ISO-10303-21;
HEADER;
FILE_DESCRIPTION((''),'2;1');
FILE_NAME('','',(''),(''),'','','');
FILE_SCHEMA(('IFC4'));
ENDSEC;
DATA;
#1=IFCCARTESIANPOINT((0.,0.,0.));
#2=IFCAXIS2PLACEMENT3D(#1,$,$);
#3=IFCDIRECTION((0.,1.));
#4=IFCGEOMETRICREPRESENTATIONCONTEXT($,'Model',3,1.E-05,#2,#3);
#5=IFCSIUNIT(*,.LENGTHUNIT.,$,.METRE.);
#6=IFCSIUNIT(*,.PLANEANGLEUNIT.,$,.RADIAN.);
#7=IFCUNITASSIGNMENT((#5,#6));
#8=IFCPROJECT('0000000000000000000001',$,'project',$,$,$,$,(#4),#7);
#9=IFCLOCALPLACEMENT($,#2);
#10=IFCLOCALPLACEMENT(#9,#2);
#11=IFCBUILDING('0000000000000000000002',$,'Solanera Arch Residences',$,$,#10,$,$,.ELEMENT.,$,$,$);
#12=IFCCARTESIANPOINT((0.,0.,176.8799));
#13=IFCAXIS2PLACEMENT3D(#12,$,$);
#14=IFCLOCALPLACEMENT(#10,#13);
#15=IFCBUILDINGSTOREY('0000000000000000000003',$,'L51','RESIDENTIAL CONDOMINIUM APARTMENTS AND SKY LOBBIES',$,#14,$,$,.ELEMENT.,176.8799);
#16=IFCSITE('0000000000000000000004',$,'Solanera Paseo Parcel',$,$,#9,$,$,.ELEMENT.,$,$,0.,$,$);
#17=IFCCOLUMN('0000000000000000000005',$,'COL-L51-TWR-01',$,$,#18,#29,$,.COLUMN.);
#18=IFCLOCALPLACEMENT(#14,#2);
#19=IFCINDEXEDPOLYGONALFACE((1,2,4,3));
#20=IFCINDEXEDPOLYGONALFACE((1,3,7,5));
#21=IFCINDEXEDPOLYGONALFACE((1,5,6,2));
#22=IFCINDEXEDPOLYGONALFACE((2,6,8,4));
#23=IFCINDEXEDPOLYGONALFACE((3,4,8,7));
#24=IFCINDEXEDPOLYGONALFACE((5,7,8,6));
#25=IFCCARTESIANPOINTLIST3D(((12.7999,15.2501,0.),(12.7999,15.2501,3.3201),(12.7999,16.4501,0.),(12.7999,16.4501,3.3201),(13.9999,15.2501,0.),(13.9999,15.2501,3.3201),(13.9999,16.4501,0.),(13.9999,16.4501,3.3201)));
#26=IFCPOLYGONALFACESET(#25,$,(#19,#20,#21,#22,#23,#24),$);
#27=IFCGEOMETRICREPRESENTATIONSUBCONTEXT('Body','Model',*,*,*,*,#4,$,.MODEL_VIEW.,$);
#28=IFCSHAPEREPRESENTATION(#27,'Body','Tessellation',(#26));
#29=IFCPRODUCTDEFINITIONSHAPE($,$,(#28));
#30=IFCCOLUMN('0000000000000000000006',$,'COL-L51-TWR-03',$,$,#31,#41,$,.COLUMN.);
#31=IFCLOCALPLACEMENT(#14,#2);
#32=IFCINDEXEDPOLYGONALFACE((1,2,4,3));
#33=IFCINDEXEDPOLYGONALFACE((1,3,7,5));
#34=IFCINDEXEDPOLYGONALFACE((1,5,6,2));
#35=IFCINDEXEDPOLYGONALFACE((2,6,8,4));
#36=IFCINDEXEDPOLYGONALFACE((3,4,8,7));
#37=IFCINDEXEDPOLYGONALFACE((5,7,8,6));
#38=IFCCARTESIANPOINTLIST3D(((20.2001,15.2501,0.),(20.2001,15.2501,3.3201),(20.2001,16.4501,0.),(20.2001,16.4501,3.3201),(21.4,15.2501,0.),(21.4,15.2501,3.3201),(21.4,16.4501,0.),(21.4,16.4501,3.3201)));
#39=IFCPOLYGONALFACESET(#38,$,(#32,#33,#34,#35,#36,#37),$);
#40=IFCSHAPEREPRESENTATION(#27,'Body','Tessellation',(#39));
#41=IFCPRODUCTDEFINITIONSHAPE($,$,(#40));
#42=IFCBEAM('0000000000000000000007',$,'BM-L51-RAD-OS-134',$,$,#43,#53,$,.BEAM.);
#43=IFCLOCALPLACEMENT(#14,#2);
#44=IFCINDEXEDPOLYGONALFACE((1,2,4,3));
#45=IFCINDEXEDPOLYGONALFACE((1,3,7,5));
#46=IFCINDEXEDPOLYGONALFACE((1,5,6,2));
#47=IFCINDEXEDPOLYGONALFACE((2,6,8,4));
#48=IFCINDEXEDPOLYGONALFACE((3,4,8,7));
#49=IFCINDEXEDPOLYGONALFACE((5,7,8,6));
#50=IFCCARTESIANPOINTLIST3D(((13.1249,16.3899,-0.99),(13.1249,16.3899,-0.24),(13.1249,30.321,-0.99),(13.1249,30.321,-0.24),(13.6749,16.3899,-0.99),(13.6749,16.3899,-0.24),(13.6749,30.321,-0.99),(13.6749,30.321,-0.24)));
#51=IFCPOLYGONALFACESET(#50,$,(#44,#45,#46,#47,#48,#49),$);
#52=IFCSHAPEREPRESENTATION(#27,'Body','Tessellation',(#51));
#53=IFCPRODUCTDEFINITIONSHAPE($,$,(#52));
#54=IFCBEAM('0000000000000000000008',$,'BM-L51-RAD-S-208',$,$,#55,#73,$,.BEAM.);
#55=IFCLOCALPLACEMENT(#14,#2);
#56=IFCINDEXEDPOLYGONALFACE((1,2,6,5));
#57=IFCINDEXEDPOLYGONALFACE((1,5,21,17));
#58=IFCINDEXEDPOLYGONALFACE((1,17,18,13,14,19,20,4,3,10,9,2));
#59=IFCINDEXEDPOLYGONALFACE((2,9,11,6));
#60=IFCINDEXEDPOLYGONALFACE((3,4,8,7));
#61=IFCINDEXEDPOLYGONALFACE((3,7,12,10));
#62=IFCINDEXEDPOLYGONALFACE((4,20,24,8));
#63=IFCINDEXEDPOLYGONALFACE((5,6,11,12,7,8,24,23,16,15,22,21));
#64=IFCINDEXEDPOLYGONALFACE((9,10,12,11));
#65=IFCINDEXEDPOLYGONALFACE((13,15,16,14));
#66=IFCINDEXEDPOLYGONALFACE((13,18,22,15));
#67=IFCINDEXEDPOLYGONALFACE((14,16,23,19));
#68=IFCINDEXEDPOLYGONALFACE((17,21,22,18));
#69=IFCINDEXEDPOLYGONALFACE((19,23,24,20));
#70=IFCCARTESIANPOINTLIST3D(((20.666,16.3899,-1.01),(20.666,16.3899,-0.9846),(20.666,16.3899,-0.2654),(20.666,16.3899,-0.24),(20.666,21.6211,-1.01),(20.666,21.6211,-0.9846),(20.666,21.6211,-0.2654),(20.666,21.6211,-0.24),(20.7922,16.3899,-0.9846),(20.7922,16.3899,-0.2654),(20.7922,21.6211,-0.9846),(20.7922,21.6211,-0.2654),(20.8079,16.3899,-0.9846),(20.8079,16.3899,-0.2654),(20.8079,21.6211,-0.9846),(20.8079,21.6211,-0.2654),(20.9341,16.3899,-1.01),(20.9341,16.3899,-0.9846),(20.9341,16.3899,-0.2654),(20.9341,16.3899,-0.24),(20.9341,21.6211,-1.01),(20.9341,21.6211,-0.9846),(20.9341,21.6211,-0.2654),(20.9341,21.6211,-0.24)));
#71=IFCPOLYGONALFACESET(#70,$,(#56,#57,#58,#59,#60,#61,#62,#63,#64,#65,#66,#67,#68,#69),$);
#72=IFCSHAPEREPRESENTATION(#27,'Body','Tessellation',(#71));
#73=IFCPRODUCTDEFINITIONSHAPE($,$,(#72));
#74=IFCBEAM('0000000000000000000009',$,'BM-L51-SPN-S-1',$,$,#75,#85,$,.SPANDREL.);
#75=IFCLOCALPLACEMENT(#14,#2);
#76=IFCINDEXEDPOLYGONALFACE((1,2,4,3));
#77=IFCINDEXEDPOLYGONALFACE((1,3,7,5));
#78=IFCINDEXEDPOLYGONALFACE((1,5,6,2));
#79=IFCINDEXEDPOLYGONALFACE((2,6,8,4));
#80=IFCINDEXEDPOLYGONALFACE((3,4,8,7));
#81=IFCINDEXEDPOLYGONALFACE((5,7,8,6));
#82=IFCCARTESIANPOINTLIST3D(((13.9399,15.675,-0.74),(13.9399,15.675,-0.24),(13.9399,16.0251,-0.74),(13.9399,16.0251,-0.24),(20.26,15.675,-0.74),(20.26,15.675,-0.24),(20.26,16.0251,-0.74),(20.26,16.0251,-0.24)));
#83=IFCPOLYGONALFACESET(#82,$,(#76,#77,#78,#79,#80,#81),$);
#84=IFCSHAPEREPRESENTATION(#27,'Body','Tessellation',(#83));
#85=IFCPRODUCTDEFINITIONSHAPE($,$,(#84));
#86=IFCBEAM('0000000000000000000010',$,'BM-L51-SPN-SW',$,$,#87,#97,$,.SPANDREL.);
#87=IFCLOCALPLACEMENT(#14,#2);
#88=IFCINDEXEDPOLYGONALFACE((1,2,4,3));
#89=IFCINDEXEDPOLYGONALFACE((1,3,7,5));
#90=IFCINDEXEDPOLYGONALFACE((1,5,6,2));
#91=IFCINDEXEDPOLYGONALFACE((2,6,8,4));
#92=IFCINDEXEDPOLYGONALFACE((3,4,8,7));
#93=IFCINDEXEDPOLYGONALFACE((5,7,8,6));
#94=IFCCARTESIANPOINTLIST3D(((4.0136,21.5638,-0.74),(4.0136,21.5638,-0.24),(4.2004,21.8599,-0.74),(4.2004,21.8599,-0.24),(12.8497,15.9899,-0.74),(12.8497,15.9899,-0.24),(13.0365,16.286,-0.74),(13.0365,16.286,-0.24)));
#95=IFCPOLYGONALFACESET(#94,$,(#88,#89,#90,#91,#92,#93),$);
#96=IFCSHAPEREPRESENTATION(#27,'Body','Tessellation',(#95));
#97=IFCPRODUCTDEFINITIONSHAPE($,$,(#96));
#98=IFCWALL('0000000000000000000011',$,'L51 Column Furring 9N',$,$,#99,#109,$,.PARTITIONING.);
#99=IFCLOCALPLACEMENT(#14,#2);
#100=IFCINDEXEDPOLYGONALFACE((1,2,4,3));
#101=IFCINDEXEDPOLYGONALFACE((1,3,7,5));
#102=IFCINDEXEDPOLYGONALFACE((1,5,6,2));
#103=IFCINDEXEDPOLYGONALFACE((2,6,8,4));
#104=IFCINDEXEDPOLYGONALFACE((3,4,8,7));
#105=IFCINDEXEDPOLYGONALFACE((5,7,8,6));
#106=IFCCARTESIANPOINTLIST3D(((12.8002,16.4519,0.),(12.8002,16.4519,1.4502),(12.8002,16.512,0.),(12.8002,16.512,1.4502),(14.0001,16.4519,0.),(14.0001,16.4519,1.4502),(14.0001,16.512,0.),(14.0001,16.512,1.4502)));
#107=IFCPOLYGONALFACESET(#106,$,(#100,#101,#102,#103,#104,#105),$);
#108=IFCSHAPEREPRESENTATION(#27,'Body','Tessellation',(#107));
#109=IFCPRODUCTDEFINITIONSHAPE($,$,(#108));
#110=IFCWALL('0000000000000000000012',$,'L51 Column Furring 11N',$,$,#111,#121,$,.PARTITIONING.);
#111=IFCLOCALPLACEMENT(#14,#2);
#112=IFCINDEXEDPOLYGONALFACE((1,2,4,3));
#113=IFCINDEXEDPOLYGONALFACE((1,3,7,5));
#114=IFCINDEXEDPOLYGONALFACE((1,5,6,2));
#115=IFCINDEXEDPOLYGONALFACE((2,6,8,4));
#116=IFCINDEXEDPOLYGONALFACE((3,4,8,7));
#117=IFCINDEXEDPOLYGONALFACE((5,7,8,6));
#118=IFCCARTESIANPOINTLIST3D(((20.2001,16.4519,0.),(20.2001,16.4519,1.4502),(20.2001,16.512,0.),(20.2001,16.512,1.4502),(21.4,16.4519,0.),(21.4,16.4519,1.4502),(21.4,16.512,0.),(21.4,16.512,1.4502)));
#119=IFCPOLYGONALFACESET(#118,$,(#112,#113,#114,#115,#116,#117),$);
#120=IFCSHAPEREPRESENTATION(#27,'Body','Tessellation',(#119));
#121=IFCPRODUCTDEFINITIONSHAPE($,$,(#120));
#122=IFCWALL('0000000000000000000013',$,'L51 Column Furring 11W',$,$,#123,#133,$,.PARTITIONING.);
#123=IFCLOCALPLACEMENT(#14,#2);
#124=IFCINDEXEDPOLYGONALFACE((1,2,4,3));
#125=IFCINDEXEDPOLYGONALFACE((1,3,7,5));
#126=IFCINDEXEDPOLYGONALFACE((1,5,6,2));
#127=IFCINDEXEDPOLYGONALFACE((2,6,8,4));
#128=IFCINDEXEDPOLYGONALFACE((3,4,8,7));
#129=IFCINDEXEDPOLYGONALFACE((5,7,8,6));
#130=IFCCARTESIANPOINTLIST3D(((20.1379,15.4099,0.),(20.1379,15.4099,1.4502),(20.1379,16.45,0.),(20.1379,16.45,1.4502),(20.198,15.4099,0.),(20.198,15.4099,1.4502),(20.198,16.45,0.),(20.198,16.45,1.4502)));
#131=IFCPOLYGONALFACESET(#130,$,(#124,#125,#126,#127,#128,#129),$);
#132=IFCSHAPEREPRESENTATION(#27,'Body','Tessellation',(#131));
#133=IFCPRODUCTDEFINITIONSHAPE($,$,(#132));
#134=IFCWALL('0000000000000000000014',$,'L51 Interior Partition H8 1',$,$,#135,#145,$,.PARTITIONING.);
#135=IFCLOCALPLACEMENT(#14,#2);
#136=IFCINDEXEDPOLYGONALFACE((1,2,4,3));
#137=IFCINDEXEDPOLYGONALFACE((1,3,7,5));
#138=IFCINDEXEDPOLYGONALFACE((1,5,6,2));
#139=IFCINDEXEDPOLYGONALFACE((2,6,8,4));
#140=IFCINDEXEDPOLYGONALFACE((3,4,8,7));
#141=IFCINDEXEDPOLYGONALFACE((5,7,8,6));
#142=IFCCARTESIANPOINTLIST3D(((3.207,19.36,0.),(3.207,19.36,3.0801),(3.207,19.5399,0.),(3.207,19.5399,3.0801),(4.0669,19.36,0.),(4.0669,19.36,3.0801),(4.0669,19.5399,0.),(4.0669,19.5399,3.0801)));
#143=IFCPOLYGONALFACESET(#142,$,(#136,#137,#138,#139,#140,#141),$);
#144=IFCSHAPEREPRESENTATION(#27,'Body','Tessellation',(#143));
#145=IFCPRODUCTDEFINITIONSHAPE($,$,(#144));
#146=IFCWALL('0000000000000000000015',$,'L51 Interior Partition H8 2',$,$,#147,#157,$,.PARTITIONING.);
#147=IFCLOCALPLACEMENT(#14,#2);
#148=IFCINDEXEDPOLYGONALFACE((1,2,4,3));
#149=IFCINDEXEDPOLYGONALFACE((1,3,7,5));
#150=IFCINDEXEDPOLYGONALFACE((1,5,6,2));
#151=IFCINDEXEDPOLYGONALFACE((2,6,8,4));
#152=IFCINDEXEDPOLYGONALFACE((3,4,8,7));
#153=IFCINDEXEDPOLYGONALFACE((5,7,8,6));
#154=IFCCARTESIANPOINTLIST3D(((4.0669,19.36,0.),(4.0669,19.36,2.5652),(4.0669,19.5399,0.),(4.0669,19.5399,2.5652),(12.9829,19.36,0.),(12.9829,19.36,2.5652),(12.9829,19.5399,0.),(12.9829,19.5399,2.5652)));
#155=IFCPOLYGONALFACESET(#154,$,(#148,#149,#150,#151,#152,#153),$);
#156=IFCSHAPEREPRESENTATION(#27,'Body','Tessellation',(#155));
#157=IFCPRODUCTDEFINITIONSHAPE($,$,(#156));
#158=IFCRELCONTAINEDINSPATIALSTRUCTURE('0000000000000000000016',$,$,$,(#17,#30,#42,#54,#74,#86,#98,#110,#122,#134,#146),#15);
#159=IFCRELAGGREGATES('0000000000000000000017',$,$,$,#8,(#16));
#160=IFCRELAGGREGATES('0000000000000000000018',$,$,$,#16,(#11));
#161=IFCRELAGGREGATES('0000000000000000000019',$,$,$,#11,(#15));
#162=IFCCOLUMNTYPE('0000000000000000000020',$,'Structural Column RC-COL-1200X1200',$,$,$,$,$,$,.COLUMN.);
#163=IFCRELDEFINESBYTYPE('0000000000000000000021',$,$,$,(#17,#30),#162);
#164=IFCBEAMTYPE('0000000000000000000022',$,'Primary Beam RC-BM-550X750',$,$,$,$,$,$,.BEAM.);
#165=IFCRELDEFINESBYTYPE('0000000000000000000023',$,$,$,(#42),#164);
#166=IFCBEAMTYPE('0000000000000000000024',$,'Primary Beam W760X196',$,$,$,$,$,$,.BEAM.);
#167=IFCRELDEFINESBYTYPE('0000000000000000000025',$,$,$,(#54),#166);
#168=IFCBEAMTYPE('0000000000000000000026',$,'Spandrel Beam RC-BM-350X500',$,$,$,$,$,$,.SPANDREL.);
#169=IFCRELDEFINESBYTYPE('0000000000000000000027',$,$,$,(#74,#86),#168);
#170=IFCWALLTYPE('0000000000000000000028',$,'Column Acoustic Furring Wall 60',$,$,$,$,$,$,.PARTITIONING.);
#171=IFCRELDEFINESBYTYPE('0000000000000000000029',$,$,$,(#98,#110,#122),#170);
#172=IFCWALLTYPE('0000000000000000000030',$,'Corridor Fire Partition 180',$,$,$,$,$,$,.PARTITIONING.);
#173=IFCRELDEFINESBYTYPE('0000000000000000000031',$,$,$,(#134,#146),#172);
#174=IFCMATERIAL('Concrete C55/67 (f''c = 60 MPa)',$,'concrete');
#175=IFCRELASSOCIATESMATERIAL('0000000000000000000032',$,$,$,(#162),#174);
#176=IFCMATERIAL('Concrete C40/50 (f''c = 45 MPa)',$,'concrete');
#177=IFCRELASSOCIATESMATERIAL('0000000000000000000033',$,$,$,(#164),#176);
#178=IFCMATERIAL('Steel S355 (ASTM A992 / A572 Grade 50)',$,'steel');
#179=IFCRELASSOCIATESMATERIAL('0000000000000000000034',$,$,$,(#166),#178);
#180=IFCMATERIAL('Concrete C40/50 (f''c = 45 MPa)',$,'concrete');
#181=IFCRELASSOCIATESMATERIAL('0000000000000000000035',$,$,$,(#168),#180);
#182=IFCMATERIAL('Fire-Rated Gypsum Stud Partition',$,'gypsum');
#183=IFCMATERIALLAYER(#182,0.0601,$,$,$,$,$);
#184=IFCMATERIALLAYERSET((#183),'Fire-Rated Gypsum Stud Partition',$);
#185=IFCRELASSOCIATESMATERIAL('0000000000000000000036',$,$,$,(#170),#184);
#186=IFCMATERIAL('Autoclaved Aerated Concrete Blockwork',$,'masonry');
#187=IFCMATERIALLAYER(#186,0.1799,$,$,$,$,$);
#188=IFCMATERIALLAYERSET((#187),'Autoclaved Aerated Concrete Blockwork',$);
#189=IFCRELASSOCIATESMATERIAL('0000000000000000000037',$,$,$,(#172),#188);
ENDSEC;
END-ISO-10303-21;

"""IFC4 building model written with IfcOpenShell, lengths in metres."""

from ifc_helpers import new_model, si_unit, direction, frame, frame_2d, origin, origin_2d, place, context, subcontext, project, spatial, rectangle, i_section, extrude, material, layer, layer_set, material_profile, profile_set, type_object, element, save


model = new_model("IFC4")

# Units and contexts
model_context = context("Model", 3, precision=1e-05, world=origin(), true_north=direction((0.0, 1.0)))
body_context = subcontext(model_context, "Body", "Model", "MODEL_VIEW")
ifc_project = project(units=[si_unit("LENGTHUNIT", "METRE"), si_unit("PLANEANGLEUNIT", "RADIAN")], contexts=[model_context])

# Site, building, storey
site_placement = place(None, origin())
site = spatial("IfcSite", under=ifc_project, at=site_placement, Name="Solanera Paseo Parcel", CompositionType="ELEMENT", RefElevation=0.0)
building_placement = place(site_placement, origin())
building = spatial("IfcBuilding", under=site, at=building_placement, Name="Solanera Arch Residences", CompositionType="ELEMENT")
storey_placement = place(building_placement, frame((0.0, 0.0, 176.8799)))
storey = spatial("IfcBuildingStorey", under=building, at=storey_placement, Name="L51", Description="RESIDENTIAL CONDOMINIUM APARTMENTS AND SKY LOBBIES", CompositionType="ELEMENT", Elevation=176.8799)

# Columns
ifc_material_1 = material(Name="Concrete C55/67 (f'c = 60 MPa)", Category="concrete")
ifc_material_profile_1 = material_profile(ifc_material_1, rectangle(XDim=1.2, YDim=1.2, at=origin_2d()))
ifc_profile_set_1 = profile_set([ifc_material_profile_1], Name="Concrete C55/67 (f'c = 60 MPa)")
column_type = type_object("IfcColumnType", Name="Structural Column RC-COL-1200X1200", PredefinedType="COLUMN", material=ifc_profile_set_1)
for number, where, z_axis, x_axis, name in (
    (1, (13.3999, 15.8501, 0.0), (0.0, 0.0, 1.0), (1.0, 0.0, 0.0), "COL-L51-TWR-01"),
    (2, (20.8, 15.8501, 0.0), (0.0, 0.0, 1.0), (1.0, 0.0, 0.0), "COL-L51-TWR-03"),
):
    element("IfcColumn", number, at=place(storey_placement, frame(where, z_axis=z_axis, x_axis=x_axis)), inside=storey, type_object=column_type, Name=name, PredefinedType="COLUMN", context=body_context, shape_type="SweptSolid", body=[
        extrude(rectangle(XDim=1.2, YDim=1.2, at=origin_2d()), origin(), (0.0, 0.0, 1.0), 3.3201),
    ])

# Beams
ifc_material_2 = material(Name="Concrete C40/50 (f'c = 45 MPa)", Category="concrete")
ifc_material_profile_2 = material_profile(ifc_material_2, rectangle(XDim=0.55, YDim=0.75, at=origin_2d()))
ifc_profile_set_2 = profile_set([ifc_material_profile_2], Name="Concrete C40/50 (f'c = 45 MPa)")
beam_type_1 = type_object("IfcBeamType", Name="Primary Beam RC-BM-550X750", PredefinedType="BEAM", material=ifc_profile_set_2)
beam_1_placement = place(storey_placement, frame((13.3999, 16.3899, -0.615), z_axis=(0.0, 1.0, 0.0), x_axis=(-1.0, 0.0, 0.0)))
element("IfcBeam", 3, at=beam_1_placement, inside=storey, type_object=beam_type_1, Name="BM-L51-RAD-OS-134", PredefinedType="BEAM", context=body_context, shape_type="SweptSolid", body=[
    extrude(rectangle(XDim=0.55, YDim=0.75, at=origin_2d()), origin(), (0.0, 0.0, 1.0), 13.9312),
])
ifc_material_3 = material(Name="Steel S355 (ASTM A992 / A572 Grade 50)", Category="steel")
ifc_material_profile_3 = material_profile(ifc_material_3, i_section(OverallWidth=0.2681, OverallDepth=0.77, WebThickness=0.0156, FlangeThickness=0.0254, at=origin_2d()))
ifc_profile_set_3 = profile_set([ifc_material_profile_3], Name="Steel S355 (ASTM A992 / A572 Grade 50)")
beam_type_2 = type_object("IfcBeamType", Name="Primary Beam W760X196", PredefinedType="BEAM", material=ifc_profile_set_3)
beam_2_placement = place(storey_placement, frame((20.8, 16.3899, -0.625), z_axis=(0.0, 1.0, 0.0), x_axis=(-1.0, 0.0, 0.0)))
element("IfcBeam", 4, at=beam_2_placement, inside=storey, type_object=beam_type_2, Name="BM-L51-RAD-S-208", PredefinedType="BEAM", context=body_context, shape_type="SweptSolid", body=[
    extrude(i_section(OverallWidth=0.2681, OverallDepth=0.77, WebThickness=0.0156, FlangeThickness=0.0254, at=origin_2d()), origin(), (0.0, 0.0, 1.0), 5.2312),
])
ifc_material_4 = material(Name="Concrete C40/50 (f'c = 45 MPa)", Category="concrete")
ifc_material_profile_4 = material_profile(ifc_material_4, rectangle(XDim=0.3501, YDim=0.5, at=origin_2d()))
ifc_profile_set_4 = profile_set([ifc_material_profile_4], Name="Concrete C40/50 (f'c = 45 MPa)")
beam_type_3 = type_object("IfcBeamType", Name="Spandrel Beam RC-BM-350X500", PredefinedType="SPANDREL", material=ifc_profile_set_4)
beam_3_placement = place(storey_placement, frame((13.9399, 15.8501, -0.49), z_axis=(1.0, 0.0, 0.0), x_axis=(0.0, 1.0, 0.0)))
element("IfcBeam", 5, at=beam_3_placement, inside=storey, type_object=beam_type_3, Name="BM-L51-SPN-S-1", PredefinedType="SPANDREL", context=body_context, shape_type="SweptSolid", body=[
    extrude(rectangle(XDim=0.3501, YDim=0.5, at=origin_2d()), origin(), (0.0, 0.0, 1.0), 6.3201),
])
beam_4_placement = place(storey_placement, frame((12.9431, 16.1379, -0.49), z_axis=(-0.845781, 0.53353, 0.0), x_axis=(-0.53353, -0.845781, 0.0)))
element("IfcBeam", 6, at=beam_4_placement, inside=storey, type_object=beam_type_3, Name="BM-L51-SPN-SW", PredefinedType="SPANDREL", context=body_context, shape_type="SweptSolid", body=[
    extrude(rectangle(XDim=0.3501, YDim=0.5, at=origin_2d()), origin(), (0.0, 0.0, 1.0), 10.4473),
])

# Walls
ifc_material_5 = material(Name="Fire-Rated Gypsum Stud Partition", Category="gypsum")
ifc_layer_1 = layer(ifc_material_5, 0.0601)
ifc_layer_set_1 = layer_set([ifc_layer_1], Name="Fire-Rated Gypsum Stud Partition")
wall_type_1 = type_object("IfcWallType", Name="Column Acoustic Furring Wall 60", PredefinedType="PARTITIONING", material=ifc_layer_set_1)
for number, where, z_axis, x_axis, name in (
    (7, (12.8, 16.4819, 0.0), (0.0, 0.0, 1.0), (1.0, 0.0, 0.0), "L51 Column Furring 9N"),
    (8, (20.2, 16.4819, 0.0), (0.0, 0.0, 1.0), (1.0, 0.0, 0.0), "L51 Column Furring 11N"),
):
    element("IfcWall", number, at=place(storey_placement, frame(where, z_axis=z_axis, x_axis=x_axis)), inside=storey, type_object=wall_type_1, Name=name, PredefinedType="PARTITIONING", context=body_context, shape_type="SweptSolid", body=[
        extrude(rectangle(XDim=1.2, YDim=0.0601, at=frame_2d((0.6001, 0.0))), origin(), (0.0, 0.0, 1.0), 1.4502),
    ])
wall_1_placement = place(storey_placement, frame((20.168, 15.4099, 0.0), z_axis=(0.0, 0.0, 1.0), x_axis=(0.0, 1.0, 0.0)))
element("IfcWall", 9, at=wall_1_placement, inside=storey, type_object=wall_type_1, Name="L51 Column Furring 11W", PredefinedType="PARTITIONING", context=body_context, shape_type="SweptSolid", body=[
    extrude(rectangle(XDim=1.04, YDim=0.0601, at=frame_2d((0.52, 0.0))), origin(), (0.0, 0.0, 1.0), 1.4502),
])
ifc_material_6 = material(Name="Autoclaved Aerated Concrete Blockwork", Category="masonry")
ifc_layer_2 = layer(ifc_material_6, 0.1799)
ifc_layer_set_2 = layer_set([ifc_layer_2], Name="Autoclaved Aerated Concrete Blockwork")
wall_type_2 = type_object("IfcWallType", Name="Corridor Fire Partition 180", PredefinedType="PARTITIONING", material=ifc_layer_set_2)
wall_2_placement = place(storey_placement, frame((3.207, 19.45, 0.0), z_axis=(0.0, 0.0, 1.0), x_axis=(1.0, 0.0, 0.0)))
element("IfcWall", 10, at=wall_2_placement, inside=storey, type_object=wall_type_2, Name="L51 Interior Partition H8 1", PredefinedType="PARTITIONING", context=body_context, shape_type="SweptSolid", body=[
    extrude(rectangle(XDim=0.8599, YDim=0.1799, at=frame_2d((0.4299, 0.0))), origin(), (0.0, 0.0, 1.0), 3.0801),
])
wall_3_placement = place(storey_placement, frame((4.0669, 19.45, 0.0), z_axis=(0.0, 0.0, 1.0), x_axis=(1.0, 0.0, 0.0)))
element("IfcWall", 11, at=wall_3_placement, inside=storey, type_object=wall_type_2, Name="L51 Interior Partition H8 2", PredefinedType="PARTITIONING", context=body_context, shape_type="SweptSolid", body=[
    extrude(rectangle(XDim=8.916, YDim=0.1799, at=frame_2d((4.458, 0.0))), origin(), (0.0, 0.0, 1.0), 2.5652),
])

save(model, "model.ifc")
